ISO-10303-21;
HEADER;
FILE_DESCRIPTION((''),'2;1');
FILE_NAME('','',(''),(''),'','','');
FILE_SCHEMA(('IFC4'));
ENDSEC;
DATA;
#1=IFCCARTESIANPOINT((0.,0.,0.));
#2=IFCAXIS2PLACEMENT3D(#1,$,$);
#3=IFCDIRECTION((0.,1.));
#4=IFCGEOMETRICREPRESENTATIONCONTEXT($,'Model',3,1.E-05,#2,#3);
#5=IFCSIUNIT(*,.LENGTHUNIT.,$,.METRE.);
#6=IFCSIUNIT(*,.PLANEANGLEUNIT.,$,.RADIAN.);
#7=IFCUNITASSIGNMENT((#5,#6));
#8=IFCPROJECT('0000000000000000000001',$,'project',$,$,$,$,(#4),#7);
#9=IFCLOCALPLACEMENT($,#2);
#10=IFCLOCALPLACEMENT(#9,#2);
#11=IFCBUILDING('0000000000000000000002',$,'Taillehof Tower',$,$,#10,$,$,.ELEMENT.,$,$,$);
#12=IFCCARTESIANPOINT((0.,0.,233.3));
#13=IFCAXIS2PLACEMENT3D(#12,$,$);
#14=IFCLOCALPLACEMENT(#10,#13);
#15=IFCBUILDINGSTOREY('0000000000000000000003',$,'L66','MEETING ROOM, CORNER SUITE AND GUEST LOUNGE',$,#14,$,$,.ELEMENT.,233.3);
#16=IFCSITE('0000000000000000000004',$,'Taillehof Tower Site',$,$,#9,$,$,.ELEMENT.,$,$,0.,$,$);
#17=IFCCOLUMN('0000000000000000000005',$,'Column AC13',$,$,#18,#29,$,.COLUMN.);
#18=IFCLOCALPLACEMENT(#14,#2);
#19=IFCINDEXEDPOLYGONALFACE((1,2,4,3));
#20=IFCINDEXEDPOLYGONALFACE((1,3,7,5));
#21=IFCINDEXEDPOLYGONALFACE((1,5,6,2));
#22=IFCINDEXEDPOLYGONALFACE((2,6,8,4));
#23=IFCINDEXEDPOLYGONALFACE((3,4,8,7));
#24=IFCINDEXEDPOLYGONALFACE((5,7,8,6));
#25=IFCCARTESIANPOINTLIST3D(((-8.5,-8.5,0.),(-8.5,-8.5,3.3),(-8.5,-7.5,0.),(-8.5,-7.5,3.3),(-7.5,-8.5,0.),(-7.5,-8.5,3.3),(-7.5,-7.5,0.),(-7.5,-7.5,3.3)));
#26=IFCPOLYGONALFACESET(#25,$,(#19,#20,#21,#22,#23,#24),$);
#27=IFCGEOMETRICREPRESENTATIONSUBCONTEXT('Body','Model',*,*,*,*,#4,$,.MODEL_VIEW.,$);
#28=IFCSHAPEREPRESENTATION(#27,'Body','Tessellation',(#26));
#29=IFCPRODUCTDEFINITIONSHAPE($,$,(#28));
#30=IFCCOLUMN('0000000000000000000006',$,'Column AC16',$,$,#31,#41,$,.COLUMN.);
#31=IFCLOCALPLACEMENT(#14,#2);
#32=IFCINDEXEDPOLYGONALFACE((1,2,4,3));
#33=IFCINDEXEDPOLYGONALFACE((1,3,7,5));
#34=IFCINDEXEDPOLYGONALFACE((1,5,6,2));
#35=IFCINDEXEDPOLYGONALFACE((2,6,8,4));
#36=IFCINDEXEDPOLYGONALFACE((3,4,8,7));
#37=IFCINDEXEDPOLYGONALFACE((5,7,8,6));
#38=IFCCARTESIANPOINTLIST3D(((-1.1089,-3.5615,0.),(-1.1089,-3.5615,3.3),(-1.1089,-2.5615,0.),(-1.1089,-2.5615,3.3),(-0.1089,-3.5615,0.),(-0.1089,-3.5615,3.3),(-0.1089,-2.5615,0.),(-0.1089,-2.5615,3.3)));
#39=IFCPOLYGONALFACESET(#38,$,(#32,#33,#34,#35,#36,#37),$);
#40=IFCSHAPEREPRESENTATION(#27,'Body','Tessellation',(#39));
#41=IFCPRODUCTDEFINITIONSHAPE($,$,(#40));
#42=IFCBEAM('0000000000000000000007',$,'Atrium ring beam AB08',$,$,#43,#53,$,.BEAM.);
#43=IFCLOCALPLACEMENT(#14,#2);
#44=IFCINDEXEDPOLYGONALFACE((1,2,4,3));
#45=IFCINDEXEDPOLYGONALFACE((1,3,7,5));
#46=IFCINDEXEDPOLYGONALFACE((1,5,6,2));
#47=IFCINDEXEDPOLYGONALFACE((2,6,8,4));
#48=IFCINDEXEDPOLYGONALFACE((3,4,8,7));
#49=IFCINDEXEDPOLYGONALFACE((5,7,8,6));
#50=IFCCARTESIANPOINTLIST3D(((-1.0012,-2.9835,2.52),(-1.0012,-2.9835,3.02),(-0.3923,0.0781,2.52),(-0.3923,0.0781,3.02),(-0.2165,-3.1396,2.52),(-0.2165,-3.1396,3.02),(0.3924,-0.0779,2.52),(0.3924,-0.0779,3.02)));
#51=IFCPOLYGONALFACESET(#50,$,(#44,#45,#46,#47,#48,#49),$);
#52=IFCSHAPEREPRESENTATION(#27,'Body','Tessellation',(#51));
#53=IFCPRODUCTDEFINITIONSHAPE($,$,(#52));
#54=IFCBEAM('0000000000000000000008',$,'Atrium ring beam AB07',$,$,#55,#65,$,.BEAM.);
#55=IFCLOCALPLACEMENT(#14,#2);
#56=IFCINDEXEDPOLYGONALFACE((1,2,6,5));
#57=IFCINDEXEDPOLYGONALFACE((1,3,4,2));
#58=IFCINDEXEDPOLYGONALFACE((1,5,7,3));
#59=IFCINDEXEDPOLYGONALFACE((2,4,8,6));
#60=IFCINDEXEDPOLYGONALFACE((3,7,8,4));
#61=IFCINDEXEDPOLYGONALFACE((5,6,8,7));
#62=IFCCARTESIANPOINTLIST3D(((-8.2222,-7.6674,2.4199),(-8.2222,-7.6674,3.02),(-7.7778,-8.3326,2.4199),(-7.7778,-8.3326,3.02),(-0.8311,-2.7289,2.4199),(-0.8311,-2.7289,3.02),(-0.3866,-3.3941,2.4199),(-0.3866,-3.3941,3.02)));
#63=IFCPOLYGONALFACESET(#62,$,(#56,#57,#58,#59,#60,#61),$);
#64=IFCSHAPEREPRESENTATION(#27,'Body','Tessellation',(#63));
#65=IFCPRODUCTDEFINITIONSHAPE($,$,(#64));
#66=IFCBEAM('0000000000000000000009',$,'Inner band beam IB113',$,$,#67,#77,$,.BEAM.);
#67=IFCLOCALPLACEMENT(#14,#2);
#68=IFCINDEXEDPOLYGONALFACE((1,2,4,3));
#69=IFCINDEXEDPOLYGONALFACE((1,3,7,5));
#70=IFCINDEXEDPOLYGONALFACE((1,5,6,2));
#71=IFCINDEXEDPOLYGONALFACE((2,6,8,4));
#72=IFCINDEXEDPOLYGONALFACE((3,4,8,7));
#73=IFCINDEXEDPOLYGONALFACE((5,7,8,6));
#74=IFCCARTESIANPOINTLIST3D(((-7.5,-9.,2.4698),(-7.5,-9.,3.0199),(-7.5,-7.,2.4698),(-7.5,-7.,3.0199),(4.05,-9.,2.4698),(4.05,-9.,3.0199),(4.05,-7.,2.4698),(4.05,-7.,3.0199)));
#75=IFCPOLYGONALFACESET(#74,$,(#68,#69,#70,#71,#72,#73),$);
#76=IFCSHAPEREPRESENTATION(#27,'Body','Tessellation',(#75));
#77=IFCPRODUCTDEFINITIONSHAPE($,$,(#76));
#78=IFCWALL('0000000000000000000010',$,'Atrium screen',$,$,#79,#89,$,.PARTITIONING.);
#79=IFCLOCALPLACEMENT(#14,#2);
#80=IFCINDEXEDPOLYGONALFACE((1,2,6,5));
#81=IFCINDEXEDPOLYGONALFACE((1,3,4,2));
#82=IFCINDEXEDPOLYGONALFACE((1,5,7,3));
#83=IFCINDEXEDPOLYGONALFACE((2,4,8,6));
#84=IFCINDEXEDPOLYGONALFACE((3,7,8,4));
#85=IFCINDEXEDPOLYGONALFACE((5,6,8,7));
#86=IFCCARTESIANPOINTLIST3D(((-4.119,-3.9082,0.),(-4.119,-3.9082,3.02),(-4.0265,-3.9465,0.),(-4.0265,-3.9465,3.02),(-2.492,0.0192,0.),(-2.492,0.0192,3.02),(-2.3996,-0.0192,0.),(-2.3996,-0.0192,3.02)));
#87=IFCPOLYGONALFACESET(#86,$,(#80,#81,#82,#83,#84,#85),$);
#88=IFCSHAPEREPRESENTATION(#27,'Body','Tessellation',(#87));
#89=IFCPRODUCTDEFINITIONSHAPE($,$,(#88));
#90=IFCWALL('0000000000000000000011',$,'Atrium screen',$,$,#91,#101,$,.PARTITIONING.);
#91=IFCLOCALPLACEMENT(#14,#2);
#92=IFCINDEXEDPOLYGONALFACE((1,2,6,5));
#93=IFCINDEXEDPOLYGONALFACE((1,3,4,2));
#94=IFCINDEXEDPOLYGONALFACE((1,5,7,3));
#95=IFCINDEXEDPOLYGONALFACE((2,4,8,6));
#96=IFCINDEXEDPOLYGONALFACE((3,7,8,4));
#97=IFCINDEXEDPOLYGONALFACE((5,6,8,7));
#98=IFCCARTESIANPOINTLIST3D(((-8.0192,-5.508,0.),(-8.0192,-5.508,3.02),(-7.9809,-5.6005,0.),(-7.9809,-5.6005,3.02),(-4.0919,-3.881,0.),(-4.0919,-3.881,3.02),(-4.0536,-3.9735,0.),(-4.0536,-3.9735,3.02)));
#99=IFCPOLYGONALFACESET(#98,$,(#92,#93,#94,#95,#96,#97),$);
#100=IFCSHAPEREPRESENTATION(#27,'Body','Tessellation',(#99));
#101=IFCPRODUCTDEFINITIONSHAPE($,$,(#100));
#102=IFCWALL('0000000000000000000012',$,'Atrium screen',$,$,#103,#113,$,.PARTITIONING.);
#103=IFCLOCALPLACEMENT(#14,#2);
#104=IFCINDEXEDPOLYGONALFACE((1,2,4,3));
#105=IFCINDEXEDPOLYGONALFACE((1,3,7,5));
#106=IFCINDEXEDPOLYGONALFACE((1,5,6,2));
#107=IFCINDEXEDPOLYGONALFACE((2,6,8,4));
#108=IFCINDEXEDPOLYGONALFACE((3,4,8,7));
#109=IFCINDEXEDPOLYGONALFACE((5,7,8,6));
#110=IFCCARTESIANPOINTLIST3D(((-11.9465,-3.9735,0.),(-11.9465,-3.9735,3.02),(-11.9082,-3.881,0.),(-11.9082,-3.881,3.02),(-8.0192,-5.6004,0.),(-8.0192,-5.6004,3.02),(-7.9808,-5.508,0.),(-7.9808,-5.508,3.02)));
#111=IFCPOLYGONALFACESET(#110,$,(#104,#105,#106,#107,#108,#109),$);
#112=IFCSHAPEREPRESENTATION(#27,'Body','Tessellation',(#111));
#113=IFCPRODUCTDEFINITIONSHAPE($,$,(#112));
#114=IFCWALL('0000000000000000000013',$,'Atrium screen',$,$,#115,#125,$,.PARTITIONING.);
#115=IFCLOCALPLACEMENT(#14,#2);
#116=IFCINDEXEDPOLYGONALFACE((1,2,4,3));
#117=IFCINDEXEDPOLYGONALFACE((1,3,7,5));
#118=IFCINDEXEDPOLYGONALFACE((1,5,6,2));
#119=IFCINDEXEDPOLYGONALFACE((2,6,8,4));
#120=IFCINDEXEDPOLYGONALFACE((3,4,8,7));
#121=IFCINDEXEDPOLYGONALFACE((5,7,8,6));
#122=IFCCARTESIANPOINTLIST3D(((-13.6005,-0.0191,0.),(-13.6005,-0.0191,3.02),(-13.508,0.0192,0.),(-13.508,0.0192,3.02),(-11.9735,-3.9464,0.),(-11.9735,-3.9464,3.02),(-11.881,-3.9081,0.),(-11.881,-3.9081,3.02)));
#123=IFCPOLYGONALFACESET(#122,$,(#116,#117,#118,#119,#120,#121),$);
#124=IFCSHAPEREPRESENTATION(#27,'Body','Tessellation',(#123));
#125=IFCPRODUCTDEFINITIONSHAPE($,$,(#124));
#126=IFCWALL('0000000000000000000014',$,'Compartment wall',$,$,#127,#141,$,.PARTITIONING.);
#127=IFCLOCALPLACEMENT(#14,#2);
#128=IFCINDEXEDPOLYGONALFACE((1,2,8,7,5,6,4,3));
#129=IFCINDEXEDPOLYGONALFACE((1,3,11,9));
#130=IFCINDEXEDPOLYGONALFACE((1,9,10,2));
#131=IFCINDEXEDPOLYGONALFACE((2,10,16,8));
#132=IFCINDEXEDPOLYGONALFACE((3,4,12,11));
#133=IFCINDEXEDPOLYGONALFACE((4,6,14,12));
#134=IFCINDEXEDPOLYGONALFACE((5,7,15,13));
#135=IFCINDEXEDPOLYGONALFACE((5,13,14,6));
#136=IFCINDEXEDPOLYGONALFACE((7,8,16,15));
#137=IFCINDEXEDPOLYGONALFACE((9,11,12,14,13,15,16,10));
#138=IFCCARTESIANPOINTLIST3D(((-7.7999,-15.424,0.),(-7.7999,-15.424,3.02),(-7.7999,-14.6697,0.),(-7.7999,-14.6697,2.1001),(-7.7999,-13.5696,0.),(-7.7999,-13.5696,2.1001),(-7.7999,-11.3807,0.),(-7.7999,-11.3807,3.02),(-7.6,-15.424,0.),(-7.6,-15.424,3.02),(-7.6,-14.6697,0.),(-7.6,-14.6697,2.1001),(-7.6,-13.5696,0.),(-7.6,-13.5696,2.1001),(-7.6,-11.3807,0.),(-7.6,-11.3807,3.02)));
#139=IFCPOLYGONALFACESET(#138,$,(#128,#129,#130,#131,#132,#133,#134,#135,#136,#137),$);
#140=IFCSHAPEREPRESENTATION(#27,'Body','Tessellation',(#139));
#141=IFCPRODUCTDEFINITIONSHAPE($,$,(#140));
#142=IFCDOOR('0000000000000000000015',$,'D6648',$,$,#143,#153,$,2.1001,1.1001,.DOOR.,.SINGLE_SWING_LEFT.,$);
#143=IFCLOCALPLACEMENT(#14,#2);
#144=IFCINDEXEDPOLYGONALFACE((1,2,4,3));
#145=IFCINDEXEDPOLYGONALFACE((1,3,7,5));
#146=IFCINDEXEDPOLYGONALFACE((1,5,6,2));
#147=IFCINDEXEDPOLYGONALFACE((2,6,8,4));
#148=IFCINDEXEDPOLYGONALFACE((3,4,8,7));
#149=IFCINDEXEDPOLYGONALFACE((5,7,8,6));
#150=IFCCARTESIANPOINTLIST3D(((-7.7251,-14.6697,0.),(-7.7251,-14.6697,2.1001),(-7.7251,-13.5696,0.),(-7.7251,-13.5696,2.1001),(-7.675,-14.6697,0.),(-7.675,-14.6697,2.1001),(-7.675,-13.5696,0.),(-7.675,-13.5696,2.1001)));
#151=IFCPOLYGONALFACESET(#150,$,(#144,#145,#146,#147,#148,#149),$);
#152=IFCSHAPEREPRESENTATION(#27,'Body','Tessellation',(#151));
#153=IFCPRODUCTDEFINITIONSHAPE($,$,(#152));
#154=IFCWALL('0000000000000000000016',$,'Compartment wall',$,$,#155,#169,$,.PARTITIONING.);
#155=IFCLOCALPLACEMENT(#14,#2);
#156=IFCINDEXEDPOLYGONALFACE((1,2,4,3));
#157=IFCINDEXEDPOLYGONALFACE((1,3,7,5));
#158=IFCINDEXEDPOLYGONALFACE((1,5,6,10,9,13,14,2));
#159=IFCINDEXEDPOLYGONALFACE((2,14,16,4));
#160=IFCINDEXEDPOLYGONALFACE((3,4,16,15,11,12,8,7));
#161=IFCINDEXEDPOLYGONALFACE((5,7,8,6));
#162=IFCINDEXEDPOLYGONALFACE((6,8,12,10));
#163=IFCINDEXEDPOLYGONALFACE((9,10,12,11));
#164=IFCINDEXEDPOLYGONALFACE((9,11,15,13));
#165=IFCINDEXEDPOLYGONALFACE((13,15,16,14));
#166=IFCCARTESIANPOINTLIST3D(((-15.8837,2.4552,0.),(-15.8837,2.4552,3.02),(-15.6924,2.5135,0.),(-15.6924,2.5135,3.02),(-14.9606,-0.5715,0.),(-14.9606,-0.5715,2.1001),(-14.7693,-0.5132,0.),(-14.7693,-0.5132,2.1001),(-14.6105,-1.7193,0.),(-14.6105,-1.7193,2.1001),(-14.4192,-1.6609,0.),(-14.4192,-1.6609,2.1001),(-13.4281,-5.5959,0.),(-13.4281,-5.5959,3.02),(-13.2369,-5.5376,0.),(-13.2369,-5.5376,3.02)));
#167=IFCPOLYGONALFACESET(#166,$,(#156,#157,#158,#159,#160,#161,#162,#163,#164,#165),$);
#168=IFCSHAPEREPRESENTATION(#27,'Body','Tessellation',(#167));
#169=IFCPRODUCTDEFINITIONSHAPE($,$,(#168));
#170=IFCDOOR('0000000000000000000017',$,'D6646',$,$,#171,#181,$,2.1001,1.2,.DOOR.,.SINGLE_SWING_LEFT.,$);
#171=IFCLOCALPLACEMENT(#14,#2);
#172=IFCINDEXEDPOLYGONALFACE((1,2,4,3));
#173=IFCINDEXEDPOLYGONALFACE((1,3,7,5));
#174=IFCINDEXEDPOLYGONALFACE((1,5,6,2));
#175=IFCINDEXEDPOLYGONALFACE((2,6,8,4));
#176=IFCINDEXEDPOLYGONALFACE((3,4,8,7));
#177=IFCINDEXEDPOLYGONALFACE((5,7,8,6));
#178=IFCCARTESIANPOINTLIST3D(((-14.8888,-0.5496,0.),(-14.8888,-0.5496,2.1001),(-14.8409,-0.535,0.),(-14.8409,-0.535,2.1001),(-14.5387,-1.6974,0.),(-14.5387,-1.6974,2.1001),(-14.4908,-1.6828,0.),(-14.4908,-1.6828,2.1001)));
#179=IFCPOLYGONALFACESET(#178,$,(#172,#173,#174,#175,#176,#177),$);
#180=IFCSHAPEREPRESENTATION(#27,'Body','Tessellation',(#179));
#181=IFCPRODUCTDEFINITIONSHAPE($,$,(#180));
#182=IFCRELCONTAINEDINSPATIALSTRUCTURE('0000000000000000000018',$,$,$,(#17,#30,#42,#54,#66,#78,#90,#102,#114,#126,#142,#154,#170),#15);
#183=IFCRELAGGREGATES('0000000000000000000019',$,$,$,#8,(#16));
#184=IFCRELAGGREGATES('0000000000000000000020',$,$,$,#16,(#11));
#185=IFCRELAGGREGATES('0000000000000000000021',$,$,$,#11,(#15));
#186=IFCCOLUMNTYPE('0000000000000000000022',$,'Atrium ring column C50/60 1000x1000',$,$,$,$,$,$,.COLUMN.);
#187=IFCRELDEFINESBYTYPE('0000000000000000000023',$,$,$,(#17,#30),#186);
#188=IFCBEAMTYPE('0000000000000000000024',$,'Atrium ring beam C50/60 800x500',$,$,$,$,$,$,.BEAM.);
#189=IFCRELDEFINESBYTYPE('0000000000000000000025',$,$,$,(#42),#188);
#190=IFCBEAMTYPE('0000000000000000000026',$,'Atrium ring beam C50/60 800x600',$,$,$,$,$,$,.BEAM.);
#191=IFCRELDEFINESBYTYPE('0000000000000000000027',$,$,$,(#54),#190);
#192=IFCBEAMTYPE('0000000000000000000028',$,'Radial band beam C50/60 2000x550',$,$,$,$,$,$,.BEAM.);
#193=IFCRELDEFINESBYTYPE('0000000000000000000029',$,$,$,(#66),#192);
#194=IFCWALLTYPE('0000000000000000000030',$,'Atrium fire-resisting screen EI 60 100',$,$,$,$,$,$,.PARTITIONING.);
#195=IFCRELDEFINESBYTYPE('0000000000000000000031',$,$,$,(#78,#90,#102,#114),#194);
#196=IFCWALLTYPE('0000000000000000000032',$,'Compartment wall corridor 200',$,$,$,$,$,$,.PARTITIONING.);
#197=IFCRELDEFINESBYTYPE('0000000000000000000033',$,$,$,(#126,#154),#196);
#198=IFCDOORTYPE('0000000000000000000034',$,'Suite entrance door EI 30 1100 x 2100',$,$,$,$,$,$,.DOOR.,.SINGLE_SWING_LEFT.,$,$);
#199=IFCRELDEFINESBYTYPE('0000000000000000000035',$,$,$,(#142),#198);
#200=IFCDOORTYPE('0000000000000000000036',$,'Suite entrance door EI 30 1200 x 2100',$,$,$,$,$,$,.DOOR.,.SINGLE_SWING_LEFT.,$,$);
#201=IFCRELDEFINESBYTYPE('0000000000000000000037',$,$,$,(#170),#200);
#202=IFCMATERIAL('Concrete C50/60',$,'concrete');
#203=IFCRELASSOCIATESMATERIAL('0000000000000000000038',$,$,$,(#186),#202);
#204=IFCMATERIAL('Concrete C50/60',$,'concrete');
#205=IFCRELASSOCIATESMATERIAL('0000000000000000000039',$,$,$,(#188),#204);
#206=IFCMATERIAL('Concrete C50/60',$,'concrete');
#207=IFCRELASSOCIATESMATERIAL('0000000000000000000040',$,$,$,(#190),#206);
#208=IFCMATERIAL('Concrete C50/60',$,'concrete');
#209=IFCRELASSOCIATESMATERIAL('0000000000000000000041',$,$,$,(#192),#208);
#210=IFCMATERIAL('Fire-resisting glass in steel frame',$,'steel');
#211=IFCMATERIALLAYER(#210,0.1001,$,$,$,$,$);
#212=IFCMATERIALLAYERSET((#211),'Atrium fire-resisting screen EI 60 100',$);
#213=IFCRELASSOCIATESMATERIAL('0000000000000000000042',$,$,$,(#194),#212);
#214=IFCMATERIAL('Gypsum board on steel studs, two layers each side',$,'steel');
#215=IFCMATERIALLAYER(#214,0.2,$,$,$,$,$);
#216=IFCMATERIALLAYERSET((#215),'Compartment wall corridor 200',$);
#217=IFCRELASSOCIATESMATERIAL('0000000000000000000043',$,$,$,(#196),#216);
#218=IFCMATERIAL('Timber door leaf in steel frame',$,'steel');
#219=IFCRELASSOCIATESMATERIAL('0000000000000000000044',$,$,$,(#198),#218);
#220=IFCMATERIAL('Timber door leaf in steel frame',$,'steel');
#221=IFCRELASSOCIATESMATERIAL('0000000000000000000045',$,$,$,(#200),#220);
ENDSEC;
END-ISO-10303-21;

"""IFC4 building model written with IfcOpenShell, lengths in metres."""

from ifc_helpers import new_model, si_unit, direction, frame, frame_2d, origin, origin_2d, place, context, subcontext, project, spatial, rectangle, extrude, material, layer, layer_set, material_profile, profile_set, type_object, element, fill, save


model = new_model("IFC4")

# Units and contexts
model_context = context("Model", 3, precision=1e-05, world=origin(), true_north=direction((0.0, 1.0)))
body_context = subcontext(model_context, "Body", "Model", "MODEL_VIEW")
ifc_project = project(units=[si_unit("LENGTHUNIT", "METRE"), si_unit("PLANEANGLEUNIT", "RADIAN")], contexts=[model_context])

# Site, building, storey
site_placement = place(None, origin())
site = spatial("IfcSite", under=ifc_project, at=site_placement, Name="Taillehof Tower Site", CompositionType="ELEMENT", RefElevation=0.0)
building_placement = place(site_placement, origin())
building = spatial("IfcBuilding", under=site, at=building_placement, Name="Taillehof Tower", CompositionType="ELEMENT")
storey_placement = place(building_placement, frame((0.0, 0.0, 233.3)))
storey = spatial("IfcBuildingStorey", under=building, at=storey_placement, Name="L66", Description="MEETING ROOM, CORNER SUITE AND GUEST LOUNGE", CompositionType="ELEMENT", Elevation=233.3)

# Columns
ifc_material_1 = material(Name="Concrete C50/60", Category="concrete")
ifc_material_profile_1 = material_profile(ifc_material_1, rectangle(XDim=1.0, YDim=1.0, at=origin_2d()), Name="RC 1000x1000")
ifc_profile_set_1 = profile_set([ifc_material_profile_1], Name="Concrete C50/60")
column_type = type_object("IfcColumnType", Name="Atrium ring column C50/60 1000x1000", PredefinedType="COLUMN", material=ifc_profile_set_1)
for number, where, z_axis, x_axis, name in (
    (1, (-8.0, -8.0, 0.0), (0.0, 0.0, 1.0), (1.0, 0.0, 0.0), "Column AC13"),
    (2, (-0.6089, -3.0615, 0.0), (0.0, 0.0, 1.0), (1.0, 0.0, 0.0), "Column AC16"),
):
    element("IfcColumn", number, at=place(storey_placement, frame(where, z_axis=z_axis, x_axis=x_axis)), inside=storey, type_object=column_type, Name=name, PredefinedType="COLUMN", context=body_context, shape_type="SweptSolid", body=[
        extrude(rectangle(XDim=1.0, YDim=1.0, at=origin_2d()), origin(), (0.0, 0.0, 1.0), 3.3),
    ])

# Beams
ifc_material_2 = material(Name="Concrete C50/60", Category="concrete")
ifc_material_profile_2 = material_profile(ifc_material_2, rectangle(XDim=0.8, YDim=0.5, at=origin_2d()), Name="RC 800x500")
ifc_profile_set_2 = profile_set([ifc_material_profile_2], Name="Concrete C50/60")
beam_type_1 = type_object("IfcBeamType", Name="Atrium ring beam C50/60 800x500", PredefinedType="BEAM", material=ifc_profile_set_2)
beam_1_placement = place(storey_placement, frame((-0.6089, -3.0615, 2.77), z_axis=(0.195063, 0.980791, 0.0), x_axis=(-0.980791, 0.195063, 0.0)))
element("IfcBeam", 3, at=beam_1_placement, inside=storey, type_object=beam_type_1, Name="Atrium ring beam AB08", PredefinedType="BEAM", context=body_context, shape_type="SweptSolid", body=[
    extrude(rectangle(XDim=0.8, YDim=0.5, at=origin_2d()), origin(), (0.0, 0.0, 1.0), 3.1216),
])
ifc_material_3 = material(Name="Concrete C50/60", Category="concrete")
ifc_material_profile_3 = material_profile(ifc_material_3, rectangle(XDim=0.8, YDim=0.6001, at=origin_2d()), Name="RC 800x600")
ifc_profile_set_3 = profile_set([ifc_material_profile_3], Name="Concrete C50/60")
beam_type_2 = type_object("IfcBeamType", Name="Atrium ring beam C50/60 800x600", PredefinedType="BEAM", material=ifc_profile_set_3)
beam_2_placement = place(storey_placement, frame((-8.0, -8.0, 2.72), z_axis=(0.831475, 0.555562, 0.0), x_axis=(-0.555562, 0.831475, 0.0)))
element("IfcBeam", 4, at=beam_2_placement, inside=storey, type_object=beam_type_2, Name="Atrium ring beam AB07", PredefinedType="BEAM", context=body_context, shape_type="SweptSolid", body=[
    extrude(rectangle(XDim=0.8, YDim=0.6001, at=origin_2d()), origin(), (0.0, 0.0, 1.0), 8.8892),
])
ifc_material_4 = material(Name="Concrete C50/60", Category="concrete")
ifc_material_profile_4 = material_profile(ifc_material_4, rectangle(XDim=2.0, YDim=0.55, at=origin_2d()), Name="RC 2000x550")
ifc_profile_set_4 = profile_set([ifc_material_profile_4], Name="Concrete C50/60")
beam_type_3 = type_object("IfcBeamType", Name="Radial band beam C50/60 2000x550", PredefinedType="BEAM", material=ifc_profile_set_4)
beam_3_placement = place(storey_placement, frame((-7.5, -8.0, 2.7449), z_axis=(1.0, 0.0, 0.0), x_axis=(0.0, 1.0, 0.0)))
element("IfcBeam", 5, at=beam_3_placement, inside=storey, type_object=beam_type_3, Name="Inner band beam IB113", PredefinedType="BEAM", context=body_context, shape_type="SweptSolid", body=[
    extrude(rectangle(XDim=2.0, YDim=0.55, at=origin_2d()), origin(), (0.0, 0.0, 1.0), 11.55),
])

# Walls
ifc_material_5 = material(Name="Fire-resisting glass in steel frame", Category="steel")
ifc_layer_1 = layer(ifc_material_5, 0.1001)
ifc_layer_set_1 = layer_set([ifc_layer_1], Name="Atrium fire-resisting screen EI 60 100")
wall_type_1 = type_object("IfcWallType", Name="Atrium fire-resisting screen EI 60 100", PredefinedType="PARTITIONING", material=ifc_layer_set_1)
for number, where, z_axis, x_axis, name in (
    (6, (-2.4458, 0.0, 0.0), (0.0, 0.0, 1.0), (-0.382731, -0.92386, 0.0), "Atrium screen"),
    (7, (-4.0728, -3.9272, 0.0), (0.0, 0.0, 1.0), (-0.92386, -0.382731, 0.0), "Atrium screen"),
    (8, (-8.0, -5.5542, 0.0), (0.0, 0.0, 1.0), (-0.92386, 0.382731, 0.0), "Atrium screen"),
    (9, (-11.9272, -3.9272, 0.0), (0.0, 0.0, 1.0), (-0.382731, 0.92386, 0.0), "Atrium screen"),
):
    element("IfcWall", number, at=place(storey_placement, frame(where, z_axis=z_axis, x_axis=x_axis)), inside=storey, type_object=wall_type_1, Name=name, PredefinedType="PARTITIONING", context=body_context, shape_type="SweptSolid", body=[
        extrude(rectangle(XDim=4.251, YDim=0.1001, at=frame_2d((2.1255, 0.0))), origin(), (0.0, 0.0, 1.0), 3.02),
    ])

# Walls, openings, doors
ifc_material_6 = material(Name="Gypsum board on steel studs, two layers each side", Category="steel")
ifc_layer_2 = layer(ifc_material_6, 0.2)
ifc_layer_set_2 = layer_set([ifc_layer_2], Name="Compartment wall corridor 200")
wall_type_2 = type_object("IfcWallType", Name="Compartment wall corridor 200", PredefinedType="PARTITIONING", material=ifc_layer_set_2)
wall_1_placement = place(storey_placement, frame((-7.7, -11.3809, 0.0), z_axis=(0.0, 0.0, 1.0), x_axis=(0.0, -1.0, 0.0)))
wall_1 = element("IfcWall", 10, at=wall_1_placement, inside=storey, type_object=wall_type_2, Name="Compartment wall", PredefinedType="PARTITIONING", context=body_context, shape_type="SweptSolid", body=[
    extrude(rectangle(XDim=4.0432, YDim=0.2, at=frame_2d((2.0215, 0.0))), origin(), (0.0, 0.0, 1.0), 3.02),
])
opening_1_placement = place(wall_1_placement, frame((2.1887, 0.0, 0.0)))
opening_1 = element("IfcOpeningElement", 11, at=opening_1_placement, cuts=wall_1, PredefinedType="OPENING", context=body_context, shape_type="SweptSolid", body=[
    extrude(rectangle(XDim=1.1001, YDim=2.1001, at=frame_2d((0.55, 1.05))), frame((0.0, 0.1099, 0.0), z_axis=(0.0, -1.0, 0.0), x_axis=(1.0, 0.0, 0.0)), (0.0, 0.0, 1.0), 0.22),
])
ifc_material_7 = material(Name="Timber door leaf in steel frame", Category="steel")
door_type_1 = type_object("IfcDoorType", Name="Suite entrance door EI 30 1100 x 2100", OperationType="SINGLE_SWING_LEFT", PredefinedType="DOOR", material=ifc_material_7)
door_1_placement = place(opening_1_placement, origin())
door_1 = element("IfcDoor", 12, at=door_1_placement, inside=storey, type_object=door_type_1, Name="D6648", OperationType="SINGLE_SWING_LEFT", OverallHeight=2.1001, OverallWidth=1.1001, PredefinedType="DOOR", context=body_context, shape_type="SweptSolid", body=[
    extrude(rectangle(XDim=1.1001, YDim=2.1001, at=frame_2d((0.55, 1.05))), frame((0.0, 0.0249, 0.0), z_axis=(0.0, -1.0, 0.0), x_axis=(1.0, 0.0, 0.0)), (0.0, 0.0, 1.0), 0.05),
])
fill(opening_1, door_1)
wall_2_placement = place(storey_placement, frame((-13.3325, -5.5667, 0.0), z_axis=(0.0, 0.0, 1.0), x_axis=(-0.291733, 0.9565, 0.0)))
wall_2 = element("IfcWall", 13, at=wall_2_placement, inside=storey, type_object=wall_type_2, Name="Compartment wall", PredefinedType="PARTITIONING", context=body_context, shape_type="SweptSolid", body=[
    extrude(rectangle(XDim=8.4172, YDim=0.2, at=frame_2d((4.2085, 0.0))), origin(), (0.0, 0.0, 1.0), 3.02),
])
opening_2_placement = place(wall_2_placement, frame((4.0527, 0.0, 0.0)))
opening_2 = element("IfcOpeningElement", 14, at=opening_2_placement, cuts=wall_2, PredefinedType="OPENING", context=body_context, shape_type="SweptSolid", body=[
    extrude(rectangle(XDim=1.2, YDim=2.1001, at=frame_2d((0.6001, 1.05))), frame((0.0, 0.1099, 0.0), z_axis=(0.0, -1.0, 0.0), x_axis=(1.0, 0.0, 0.0)), (0.0, 0.0, 1.0), 0.22),
])
ifc_material_8 = material(Name="Timber door leaf in steel frame", Category="steel")
door_type_2 = type_object("IfcDoorType", Name="Suite entrance door EI 30 1200 x 2100", OperationType="SINGLE_SWING_LEFT", PredefinedType="DOOR", material=ifc_material_8)
door_2_placement = place(opening_2_placement, origin())
door_2 = element("IfcDoor", 15, at=door_2_placement, inside=storey, type_object=door_type_2, Name="D6646", OperationType="SINGLE_SWING_LEFT", OverallHeight=2.1001, OverallWidth=1.2, PredefinedType="DOOR", context=body_context, shape_type="SweptSolid", body=[
    extrude(rectangle(XDim=1.2, YDim=2.1001, at=frame_2d((0.6001, 1.05))), frame((0.0, 0.0249, 0.0), z_axis=(0.0, -1.0, 0.0), x_axis=(1.0, 0.0, 0.0)), (0.0, 0.0, 1.0), 0.05),
])
fill(opening_2, door_2)

save(model, "model.ifc")
